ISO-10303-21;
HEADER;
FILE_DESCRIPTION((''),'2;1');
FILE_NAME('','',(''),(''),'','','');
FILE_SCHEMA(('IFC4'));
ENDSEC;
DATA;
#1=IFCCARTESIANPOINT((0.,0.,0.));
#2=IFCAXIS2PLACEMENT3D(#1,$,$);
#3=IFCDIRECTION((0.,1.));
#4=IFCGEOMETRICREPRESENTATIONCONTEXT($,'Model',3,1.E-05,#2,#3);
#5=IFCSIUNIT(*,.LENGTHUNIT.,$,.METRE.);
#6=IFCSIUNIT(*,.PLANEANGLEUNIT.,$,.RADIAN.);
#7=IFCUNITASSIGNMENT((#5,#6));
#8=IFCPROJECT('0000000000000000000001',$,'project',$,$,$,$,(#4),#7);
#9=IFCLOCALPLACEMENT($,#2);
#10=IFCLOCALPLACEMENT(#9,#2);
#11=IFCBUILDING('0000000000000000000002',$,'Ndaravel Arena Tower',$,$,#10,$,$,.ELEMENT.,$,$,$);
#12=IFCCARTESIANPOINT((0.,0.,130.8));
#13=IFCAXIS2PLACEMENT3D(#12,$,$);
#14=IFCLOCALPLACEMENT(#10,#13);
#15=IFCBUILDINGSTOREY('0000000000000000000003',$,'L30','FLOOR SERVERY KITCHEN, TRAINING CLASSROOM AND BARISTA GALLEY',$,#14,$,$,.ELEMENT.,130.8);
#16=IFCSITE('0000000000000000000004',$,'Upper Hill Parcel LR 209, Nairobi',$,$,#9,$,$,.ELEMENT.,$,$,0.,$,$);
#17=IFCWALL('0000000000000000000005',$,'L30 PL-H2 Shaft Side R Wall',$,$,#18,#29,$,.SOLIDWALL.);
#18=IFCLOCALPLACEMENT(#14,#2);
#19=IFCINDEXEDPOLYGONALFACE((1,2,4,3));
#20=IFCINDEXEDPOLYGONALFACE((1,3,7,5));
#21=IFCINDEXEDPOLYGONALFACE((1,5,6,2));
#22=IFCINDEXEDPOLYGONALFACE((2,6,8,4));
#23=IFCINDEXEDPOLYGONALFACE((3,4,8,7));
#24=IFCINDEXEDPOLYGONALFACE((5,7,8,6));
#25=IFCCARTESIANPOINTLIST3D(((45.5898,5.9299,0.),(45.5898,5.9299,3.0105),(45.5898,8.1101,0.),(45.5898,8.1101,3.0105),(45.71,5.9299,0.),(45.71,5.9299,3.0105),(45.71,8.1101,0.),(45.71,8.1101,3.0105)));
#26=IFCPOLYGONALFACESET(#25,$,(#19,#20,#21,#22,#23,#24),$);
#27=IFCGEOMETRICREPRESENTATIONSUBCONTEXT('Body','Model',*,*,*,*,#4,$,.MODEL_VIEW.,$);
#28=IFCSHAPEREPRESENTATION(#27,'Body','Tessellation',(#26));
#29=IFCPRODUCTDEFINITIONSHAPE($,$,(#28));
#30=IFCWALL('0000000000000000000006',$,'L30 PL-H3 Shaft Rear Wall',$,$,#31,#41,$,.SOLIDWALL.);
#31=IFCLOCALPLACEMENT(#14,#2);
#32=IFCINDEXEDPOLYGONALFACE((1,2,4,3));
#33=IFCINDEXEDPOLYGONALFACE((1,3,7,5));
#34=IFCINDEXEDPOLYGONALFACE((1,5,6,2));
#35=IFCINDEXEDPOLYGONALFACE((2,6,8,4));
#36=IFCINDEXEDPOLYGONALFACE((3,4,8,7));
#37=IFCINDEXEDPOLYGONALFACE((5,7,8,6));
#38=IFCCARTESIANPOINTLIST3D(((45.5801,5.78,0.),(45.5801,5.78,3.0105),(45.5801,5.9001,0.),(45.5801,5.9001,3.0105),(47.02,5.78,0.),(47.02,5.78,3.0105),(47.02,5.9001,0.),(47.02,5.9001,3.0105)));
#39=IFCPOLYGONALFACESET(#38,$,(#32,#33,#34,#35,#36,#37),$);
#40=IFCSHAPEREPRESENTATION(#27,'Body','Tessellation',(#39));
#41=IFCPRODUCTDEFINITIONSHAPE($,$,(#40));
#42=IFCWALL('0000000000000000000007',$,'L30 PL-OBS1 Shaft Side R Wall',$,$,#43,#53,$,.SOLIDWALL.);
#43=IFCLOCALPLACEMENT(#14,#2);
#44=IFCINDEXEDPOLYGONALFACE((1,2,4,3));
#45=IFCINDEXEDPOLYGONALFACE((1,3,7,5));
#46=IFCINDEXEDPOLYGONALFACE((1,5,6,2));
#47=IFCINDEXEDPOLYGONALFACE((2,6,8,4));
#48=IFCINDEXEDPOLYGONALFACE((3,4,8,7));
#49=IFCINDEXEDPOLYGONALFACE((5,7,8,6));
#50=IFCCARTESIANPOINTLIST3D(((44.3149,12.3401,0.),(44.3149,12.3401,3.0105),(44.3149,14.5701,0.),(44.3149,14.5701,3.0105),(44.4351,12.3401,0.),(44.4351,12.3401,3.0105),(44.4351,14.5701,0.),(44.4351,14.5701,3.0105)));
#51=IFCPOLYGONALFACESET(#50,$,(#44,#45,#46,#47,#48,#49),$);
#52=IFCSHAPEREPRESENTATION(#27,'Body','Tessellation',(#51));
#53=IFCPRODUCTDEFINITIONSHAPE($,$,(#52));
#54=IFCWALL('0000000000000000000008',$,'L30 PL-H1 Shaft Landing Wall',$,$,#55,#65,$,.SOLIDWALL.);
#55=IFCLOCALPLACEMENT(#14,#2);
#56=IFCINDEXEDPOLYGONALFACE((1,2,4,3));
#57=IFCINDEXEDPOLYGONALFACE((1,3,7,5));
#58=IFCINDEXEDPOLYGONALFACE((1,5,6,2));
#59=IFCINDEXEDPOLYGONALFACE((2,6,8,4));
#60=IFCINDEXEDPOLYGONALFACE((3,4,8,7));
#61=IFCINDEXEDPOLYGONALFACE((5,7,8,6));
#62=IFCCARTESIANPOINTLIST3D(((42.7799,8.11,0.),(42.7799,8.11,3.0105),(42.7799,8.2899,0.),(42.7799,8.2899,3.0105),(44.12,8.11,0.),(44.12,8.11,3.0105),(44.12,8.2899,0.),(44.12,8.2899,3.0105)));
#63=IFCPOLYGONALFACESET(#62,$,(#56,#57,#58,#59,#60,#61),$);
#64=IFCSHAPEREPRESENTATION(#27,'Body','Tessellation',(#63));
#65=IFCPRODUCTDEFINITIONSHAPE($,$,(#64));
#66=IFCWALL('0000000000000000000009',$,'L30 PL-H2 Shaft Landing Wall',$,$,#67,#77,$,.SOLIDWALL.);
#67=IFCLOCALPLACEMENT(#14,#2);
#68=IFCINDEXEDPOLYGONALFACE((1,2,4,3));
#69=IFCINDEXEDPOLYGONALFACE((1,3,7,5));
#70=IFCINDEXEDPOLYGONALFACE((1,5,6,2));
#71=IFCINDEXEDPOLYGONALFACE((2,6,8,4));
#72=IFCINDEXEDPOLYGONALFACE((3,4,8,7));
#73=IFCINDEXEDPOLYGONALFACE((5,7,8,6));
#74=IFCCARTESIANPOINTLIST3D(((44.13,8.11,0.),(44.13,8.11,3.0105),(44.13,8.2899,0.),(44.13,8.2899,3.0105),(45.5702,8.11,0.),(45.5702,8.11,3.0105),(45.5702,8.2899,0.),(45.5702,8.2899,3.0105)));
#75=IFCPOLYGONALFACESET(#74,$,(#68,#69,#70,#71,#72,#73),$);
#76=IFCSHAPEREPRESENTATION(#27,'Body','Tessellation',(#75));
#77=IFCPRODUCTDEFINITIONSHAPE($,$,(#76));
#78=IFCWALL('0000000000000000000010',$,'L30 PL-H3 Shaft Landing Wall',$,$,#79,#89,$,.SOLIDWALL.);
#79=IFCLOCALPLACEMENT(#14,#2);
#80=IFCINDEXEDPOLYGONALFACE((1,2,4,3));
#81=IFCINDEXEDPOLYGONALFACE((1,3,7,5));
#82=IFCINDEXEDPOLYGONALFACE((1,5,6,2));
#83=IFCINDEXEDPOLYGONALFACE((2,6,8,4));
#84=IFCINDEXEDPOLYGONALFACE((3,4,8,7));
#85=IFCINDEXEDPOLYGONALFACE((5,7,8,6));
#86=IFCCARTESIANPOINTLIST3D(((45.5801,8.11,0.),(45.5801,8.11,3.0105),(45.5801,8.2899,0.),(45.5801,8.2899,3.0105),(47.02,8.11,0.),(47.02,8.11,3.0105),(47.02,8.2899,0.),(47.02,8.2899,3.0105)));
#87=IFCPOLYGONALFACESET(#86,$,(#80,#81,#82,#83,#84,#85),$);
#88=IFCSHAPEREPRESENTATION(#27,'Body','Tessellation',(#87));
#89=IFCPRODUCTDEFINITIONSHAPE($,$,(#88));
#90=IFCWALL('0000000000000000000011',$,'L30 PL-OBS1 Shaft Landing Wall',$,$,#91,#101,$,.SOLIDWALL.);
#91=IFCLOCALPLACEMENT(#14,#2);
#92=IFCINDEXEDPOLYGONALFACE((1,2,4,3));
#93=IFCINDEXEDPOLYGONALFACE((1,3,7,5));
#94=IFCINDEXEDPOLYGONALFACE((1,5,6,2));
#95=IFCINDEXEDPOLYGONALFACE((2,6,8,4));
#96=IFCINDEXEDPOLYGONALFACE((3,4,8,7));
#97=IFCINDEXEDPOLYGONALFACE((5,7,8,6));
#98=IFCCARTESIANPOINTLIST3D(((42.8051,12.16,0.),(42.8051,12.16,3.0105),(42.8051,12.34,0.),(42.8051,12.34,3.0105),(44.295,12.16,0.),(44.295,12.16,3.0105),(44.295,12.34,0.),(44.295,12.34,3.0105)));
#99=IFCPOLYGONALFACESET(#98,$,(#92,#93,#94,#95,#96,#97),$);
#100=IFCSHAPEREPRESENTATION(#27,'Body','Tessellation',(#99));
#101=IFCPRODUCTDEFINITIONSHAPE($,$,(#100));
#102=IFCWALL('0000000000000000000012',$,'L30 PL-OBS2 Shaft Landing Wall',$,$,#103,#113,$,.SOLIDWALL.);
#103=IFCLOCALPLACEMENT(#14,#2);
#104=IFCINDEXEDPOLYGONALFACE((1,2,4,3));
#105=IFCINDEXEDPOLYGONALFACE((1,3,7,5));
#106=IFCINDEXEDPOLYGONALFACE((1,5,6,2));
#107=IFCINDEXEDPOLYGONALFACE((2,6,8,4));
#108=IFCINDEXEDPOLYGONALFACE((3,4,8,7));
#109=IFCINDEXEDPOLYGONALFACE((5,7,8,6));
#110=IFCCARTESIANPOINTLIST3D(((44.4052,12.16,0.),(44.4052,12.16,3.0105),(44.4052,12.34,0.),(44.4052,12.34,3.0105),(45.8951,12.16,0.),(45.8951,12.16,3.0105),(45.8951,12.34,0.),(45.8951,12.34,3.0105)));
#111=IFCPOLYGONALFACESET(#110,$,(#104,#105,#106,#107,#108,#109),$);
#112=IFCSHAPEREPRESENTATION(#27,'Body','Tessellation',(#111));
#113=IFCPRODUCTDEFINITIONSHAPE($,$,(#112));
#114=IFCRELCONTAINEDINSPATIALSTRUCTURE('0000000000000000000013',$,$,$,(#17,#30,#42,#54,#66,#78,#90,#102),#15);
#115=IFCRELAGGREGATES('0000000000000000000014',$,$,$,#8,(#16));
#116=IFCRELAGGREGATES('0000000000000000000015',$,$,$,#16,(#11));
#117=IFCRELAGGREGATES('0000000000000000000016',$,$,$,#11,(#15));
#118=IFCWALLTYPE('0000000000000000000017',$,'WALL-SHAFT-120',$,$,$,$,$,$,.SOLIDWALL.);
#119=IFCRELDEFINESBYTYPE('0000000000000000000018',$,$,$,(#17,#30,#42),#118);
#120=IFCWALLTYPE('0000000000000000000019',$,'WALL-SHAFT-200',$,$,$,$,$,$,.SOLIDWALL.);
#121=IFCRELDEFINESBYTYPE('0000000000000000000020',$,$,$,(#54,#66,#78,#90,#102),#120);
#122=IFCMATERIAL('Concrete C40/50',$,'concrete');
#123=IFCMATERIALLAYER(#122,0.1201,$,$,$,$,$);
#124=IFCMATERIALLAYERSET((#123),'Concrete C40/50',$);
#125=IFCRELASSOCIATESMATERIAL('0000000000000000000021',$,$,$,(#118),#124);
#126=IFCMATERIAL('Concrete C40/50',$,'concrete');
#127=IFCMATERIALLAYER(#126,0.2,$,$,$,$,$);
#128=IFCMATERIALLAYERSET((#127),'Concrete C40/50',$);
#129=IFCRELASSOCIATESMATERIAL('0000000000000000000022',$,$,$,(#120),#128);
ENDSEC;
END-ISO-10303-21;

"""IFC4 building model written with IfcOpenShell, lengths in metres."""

from ifc_helpers import new_model, si_unit, direction, frame, frame_2d, origin, place, context, subcontext, project, spatial, rectangle, extrude, material, layer, layer_set, type_object, element, save


model = new_model("IFC4")

# Units and contexts
model_context = context("Model", 3, precision=1e-05, world=origin(), true_north=direction((0.0, 1.0)))
body_context = subcontext(model_context, "Body", "Model", "MODEL_VIEW")
ifc_project = project(units=[si_unit("LENGTHUNIT", "METRE"), si_unit("PLANEANGLEUNIT", "RADIAN")], contexts=[model_context])

# Site, building, storey
site_placement = place(None, origin())
site = spatial("IfcSite", under=ifc_project, at=site_placement, Name="Upper Hill Parcel LR 209, Nairobi", CompositionType="ELEMENT", RefElevation=0.0)
building_placement = place(site_placement, origin())
building = spatial("IfcBuilding", under=site, at=building_placement, Name="Ndaravel Arena Tower", CompositionType="ELEMENT")
storey_placement = place(building_placement, frame((0.0, 0.0, 130.8)))
storey = spatial("IfcBuildingStorey", under=building, at=storey_placement, Name="L30", Description="FLOOR SERVERY KITCHEN, TRAINING CLASSROOM AND BARISTA GALLEY", CompositionType="ELEMENT", Elevation=130.8)

# Walls
ifc_material_1 = material(Name="Concrete C40/50", Category="concrete")
ifc_layer_1 = layer(ifc_material_1, 0.1201)
ifc_layer_set_1 = layer_set([ifc_layer_1], Name="Concrete C40/50")
wall_type_1 = type_object("IfcWallType", Name="WALL-SHAFT-120", PredefinedType="SOLIDWALL", material=ifc_layer_set_1)
wall_1_placement = place(storey_placement, frame((45.6499, 5.9299, 0.0), z_axis=(0.0, 0.0, 1.0), x_axis=(0.0, 1.0, 0.0)))
element("IfcWall", 1, at=wall_1_placement, inside=storey, type_object=wall_type_1, Name="L30 PL-H2 Shaft Side R Wall", PredefinedType="SOLIDWALL", context=body_context, shape_type="SweptSolid", body=[
    extrude(rectangle(XDim=2.1802, YDim=0.1201, at=frame_2d((1.0901, 0.0))), origin(), (0.0, 0.0, 1.0), 3.0105),
])
wall_2_placement = place(storey_placement, frame((45.5801, 5.8401, 0.0), z_axis=(0.0, 0.0, 1.0), x_axis=(1.0, 0.0, 0.0)))
element("IfcWall", 2, at=wall_2_placement, inside=storey, type_object=wall_type_1, Name="L30 PL-H3 Shaft Rear Wall", PredefinedType="SOLIDWALL", context=body_context, shape_type="SweptSolid", body=[
    extrude(rectangle(XDim=1.4399, YDim=0.1201, at=frame_2d((0.72, 0.0))), origin(), (0.0, 0.0, 1.0), 3.0105),
])
wall_3_placement = place(storey_placement, frame((44.375, 12.3401, 0.0), z_axis=(0.0, 0.0, 1.0), x_axis=(0.0, 1.0, 0.0)))
element("IfcWall", 3, at=wall_3_placement, inside=storey, type_object=wall_type_1, Name="L30 PL-OBS1 Shaft Side R Wall", PredefinedType="SOLIDWALL", context=body_context, shape_type="SweptSolid", body=[
    extrude(rectangle(XDim=2.23, YDim=0.1201, at=frame_2d((1.115, 0.0))), origin(), (0.0, 0.0, 1.0), 3.0105),
])
ifc_material_2 = material(Name="Concrete C40/50", Category="concrete")
ifc_layer_2 = layer(ifc_material_2, 0.2)
ifc_layer_set_2 = layer_set([ifc_layer_2], Name="Concrete C40/50")
wall_type_2 = type_object("IfcWallType", Name="WALL-SHAFT-200", PredefinedType="SOLIDWALL", material=ifc_layer_set_2)
wall_4_placement = place(storey_placement, frame((42.78, 8.2, 0.0), z_axis=(0.0, 0.0, 1.0), x_axis=(1.0, 0.0, 0.0)))
element("IfcWall", 4, at=wall_4_placement, inside=storey, type_object=wall_type_2, Name="L30 PL-H1 Shaft Landing Wall", PredefinedType="SOLIDWALL", context=body_context, shape_type="SweptSolid", body=[
    extrude(rectangle(XDim=1.3401, YDim=0.1799, at=frame_2d((0.6699, 0.0))), origin(), (0.0, 0.0, 1.0), 3.0105),
])
wall_5_placement = place(storey_placement, frame((44.1299, 8.2, 0.0), z_axis=(0.0, 0.0, 1.0), x_axis=(1.0, 0.0, 0.0)))
element("IfcWall", 5, at=wall_5_placement, inside=storey, type_object=wall_type_2, Name="L30 PL-H2 Shaft Landing Wall", PredefinedType="SOLIDWALL", context=body_context, shape_type="SweptSolid", body=[
    extrude(rectangle(XDim=1.4402, YDim=0.1799, at=frame_2d((0.7202, 0.0))), origin(), (0.0, 0.0, 1.0), 3.0105),
])
wall_6_placement = place(storey_placement, frame((45.5801, 8.2, 0.0), z_axis=(0.0, 0.0, 1.0), x_axis=(1.0, 0.0, 0.0)))
element("IfcWall", 6, at=wall_6_placement, inside=storey, type_object=wall_type_2, Name="L30 PL-H3 Shaft Landing Wall", PredefinedType="SOLIDWALL", context=body_context, shape_type="SweptSolid", body=[
    extrude(rectangle(XDim=1.4399, YDim=0.1799, at=frame_2d((0.72, 0.0))), origin(), (0.0, 0.0, 1.0), 3.0105),
])
for number, where, z_axis, x_axis, name in (
    (7, (42.8049, 12.25, 0.0), (0.0, 0.0, 1.0), (1.0, 0.0, 0.0), "L30 PL-OBS1 Shaft Landing Wall"),
    (8, (44.405, 12.25, 0.0), (0.0, 0.0, 1.0), (1.0, 0.0, 0.0), "L30 PL-OBS2 Shaft Landing Wall"),
):
    element("IfcWall", number, at=place(storey_placement, frame(where, z_axis=z_axis, x_axis=x_axis)), inside=storey, type_object=wall_type_2, Name=name, PredefinedType="SOLIDWALL", context=body_context, shape_type="SweptSolid", body=[
        extrude(rectangle(XDim=1.49, YDim=0.1799, at=frame_2d((0.7451, 0.0))), origin(), (0.0, 0.0, 1.0), 3.0105),
    ])

save(model, "model.ifc")
